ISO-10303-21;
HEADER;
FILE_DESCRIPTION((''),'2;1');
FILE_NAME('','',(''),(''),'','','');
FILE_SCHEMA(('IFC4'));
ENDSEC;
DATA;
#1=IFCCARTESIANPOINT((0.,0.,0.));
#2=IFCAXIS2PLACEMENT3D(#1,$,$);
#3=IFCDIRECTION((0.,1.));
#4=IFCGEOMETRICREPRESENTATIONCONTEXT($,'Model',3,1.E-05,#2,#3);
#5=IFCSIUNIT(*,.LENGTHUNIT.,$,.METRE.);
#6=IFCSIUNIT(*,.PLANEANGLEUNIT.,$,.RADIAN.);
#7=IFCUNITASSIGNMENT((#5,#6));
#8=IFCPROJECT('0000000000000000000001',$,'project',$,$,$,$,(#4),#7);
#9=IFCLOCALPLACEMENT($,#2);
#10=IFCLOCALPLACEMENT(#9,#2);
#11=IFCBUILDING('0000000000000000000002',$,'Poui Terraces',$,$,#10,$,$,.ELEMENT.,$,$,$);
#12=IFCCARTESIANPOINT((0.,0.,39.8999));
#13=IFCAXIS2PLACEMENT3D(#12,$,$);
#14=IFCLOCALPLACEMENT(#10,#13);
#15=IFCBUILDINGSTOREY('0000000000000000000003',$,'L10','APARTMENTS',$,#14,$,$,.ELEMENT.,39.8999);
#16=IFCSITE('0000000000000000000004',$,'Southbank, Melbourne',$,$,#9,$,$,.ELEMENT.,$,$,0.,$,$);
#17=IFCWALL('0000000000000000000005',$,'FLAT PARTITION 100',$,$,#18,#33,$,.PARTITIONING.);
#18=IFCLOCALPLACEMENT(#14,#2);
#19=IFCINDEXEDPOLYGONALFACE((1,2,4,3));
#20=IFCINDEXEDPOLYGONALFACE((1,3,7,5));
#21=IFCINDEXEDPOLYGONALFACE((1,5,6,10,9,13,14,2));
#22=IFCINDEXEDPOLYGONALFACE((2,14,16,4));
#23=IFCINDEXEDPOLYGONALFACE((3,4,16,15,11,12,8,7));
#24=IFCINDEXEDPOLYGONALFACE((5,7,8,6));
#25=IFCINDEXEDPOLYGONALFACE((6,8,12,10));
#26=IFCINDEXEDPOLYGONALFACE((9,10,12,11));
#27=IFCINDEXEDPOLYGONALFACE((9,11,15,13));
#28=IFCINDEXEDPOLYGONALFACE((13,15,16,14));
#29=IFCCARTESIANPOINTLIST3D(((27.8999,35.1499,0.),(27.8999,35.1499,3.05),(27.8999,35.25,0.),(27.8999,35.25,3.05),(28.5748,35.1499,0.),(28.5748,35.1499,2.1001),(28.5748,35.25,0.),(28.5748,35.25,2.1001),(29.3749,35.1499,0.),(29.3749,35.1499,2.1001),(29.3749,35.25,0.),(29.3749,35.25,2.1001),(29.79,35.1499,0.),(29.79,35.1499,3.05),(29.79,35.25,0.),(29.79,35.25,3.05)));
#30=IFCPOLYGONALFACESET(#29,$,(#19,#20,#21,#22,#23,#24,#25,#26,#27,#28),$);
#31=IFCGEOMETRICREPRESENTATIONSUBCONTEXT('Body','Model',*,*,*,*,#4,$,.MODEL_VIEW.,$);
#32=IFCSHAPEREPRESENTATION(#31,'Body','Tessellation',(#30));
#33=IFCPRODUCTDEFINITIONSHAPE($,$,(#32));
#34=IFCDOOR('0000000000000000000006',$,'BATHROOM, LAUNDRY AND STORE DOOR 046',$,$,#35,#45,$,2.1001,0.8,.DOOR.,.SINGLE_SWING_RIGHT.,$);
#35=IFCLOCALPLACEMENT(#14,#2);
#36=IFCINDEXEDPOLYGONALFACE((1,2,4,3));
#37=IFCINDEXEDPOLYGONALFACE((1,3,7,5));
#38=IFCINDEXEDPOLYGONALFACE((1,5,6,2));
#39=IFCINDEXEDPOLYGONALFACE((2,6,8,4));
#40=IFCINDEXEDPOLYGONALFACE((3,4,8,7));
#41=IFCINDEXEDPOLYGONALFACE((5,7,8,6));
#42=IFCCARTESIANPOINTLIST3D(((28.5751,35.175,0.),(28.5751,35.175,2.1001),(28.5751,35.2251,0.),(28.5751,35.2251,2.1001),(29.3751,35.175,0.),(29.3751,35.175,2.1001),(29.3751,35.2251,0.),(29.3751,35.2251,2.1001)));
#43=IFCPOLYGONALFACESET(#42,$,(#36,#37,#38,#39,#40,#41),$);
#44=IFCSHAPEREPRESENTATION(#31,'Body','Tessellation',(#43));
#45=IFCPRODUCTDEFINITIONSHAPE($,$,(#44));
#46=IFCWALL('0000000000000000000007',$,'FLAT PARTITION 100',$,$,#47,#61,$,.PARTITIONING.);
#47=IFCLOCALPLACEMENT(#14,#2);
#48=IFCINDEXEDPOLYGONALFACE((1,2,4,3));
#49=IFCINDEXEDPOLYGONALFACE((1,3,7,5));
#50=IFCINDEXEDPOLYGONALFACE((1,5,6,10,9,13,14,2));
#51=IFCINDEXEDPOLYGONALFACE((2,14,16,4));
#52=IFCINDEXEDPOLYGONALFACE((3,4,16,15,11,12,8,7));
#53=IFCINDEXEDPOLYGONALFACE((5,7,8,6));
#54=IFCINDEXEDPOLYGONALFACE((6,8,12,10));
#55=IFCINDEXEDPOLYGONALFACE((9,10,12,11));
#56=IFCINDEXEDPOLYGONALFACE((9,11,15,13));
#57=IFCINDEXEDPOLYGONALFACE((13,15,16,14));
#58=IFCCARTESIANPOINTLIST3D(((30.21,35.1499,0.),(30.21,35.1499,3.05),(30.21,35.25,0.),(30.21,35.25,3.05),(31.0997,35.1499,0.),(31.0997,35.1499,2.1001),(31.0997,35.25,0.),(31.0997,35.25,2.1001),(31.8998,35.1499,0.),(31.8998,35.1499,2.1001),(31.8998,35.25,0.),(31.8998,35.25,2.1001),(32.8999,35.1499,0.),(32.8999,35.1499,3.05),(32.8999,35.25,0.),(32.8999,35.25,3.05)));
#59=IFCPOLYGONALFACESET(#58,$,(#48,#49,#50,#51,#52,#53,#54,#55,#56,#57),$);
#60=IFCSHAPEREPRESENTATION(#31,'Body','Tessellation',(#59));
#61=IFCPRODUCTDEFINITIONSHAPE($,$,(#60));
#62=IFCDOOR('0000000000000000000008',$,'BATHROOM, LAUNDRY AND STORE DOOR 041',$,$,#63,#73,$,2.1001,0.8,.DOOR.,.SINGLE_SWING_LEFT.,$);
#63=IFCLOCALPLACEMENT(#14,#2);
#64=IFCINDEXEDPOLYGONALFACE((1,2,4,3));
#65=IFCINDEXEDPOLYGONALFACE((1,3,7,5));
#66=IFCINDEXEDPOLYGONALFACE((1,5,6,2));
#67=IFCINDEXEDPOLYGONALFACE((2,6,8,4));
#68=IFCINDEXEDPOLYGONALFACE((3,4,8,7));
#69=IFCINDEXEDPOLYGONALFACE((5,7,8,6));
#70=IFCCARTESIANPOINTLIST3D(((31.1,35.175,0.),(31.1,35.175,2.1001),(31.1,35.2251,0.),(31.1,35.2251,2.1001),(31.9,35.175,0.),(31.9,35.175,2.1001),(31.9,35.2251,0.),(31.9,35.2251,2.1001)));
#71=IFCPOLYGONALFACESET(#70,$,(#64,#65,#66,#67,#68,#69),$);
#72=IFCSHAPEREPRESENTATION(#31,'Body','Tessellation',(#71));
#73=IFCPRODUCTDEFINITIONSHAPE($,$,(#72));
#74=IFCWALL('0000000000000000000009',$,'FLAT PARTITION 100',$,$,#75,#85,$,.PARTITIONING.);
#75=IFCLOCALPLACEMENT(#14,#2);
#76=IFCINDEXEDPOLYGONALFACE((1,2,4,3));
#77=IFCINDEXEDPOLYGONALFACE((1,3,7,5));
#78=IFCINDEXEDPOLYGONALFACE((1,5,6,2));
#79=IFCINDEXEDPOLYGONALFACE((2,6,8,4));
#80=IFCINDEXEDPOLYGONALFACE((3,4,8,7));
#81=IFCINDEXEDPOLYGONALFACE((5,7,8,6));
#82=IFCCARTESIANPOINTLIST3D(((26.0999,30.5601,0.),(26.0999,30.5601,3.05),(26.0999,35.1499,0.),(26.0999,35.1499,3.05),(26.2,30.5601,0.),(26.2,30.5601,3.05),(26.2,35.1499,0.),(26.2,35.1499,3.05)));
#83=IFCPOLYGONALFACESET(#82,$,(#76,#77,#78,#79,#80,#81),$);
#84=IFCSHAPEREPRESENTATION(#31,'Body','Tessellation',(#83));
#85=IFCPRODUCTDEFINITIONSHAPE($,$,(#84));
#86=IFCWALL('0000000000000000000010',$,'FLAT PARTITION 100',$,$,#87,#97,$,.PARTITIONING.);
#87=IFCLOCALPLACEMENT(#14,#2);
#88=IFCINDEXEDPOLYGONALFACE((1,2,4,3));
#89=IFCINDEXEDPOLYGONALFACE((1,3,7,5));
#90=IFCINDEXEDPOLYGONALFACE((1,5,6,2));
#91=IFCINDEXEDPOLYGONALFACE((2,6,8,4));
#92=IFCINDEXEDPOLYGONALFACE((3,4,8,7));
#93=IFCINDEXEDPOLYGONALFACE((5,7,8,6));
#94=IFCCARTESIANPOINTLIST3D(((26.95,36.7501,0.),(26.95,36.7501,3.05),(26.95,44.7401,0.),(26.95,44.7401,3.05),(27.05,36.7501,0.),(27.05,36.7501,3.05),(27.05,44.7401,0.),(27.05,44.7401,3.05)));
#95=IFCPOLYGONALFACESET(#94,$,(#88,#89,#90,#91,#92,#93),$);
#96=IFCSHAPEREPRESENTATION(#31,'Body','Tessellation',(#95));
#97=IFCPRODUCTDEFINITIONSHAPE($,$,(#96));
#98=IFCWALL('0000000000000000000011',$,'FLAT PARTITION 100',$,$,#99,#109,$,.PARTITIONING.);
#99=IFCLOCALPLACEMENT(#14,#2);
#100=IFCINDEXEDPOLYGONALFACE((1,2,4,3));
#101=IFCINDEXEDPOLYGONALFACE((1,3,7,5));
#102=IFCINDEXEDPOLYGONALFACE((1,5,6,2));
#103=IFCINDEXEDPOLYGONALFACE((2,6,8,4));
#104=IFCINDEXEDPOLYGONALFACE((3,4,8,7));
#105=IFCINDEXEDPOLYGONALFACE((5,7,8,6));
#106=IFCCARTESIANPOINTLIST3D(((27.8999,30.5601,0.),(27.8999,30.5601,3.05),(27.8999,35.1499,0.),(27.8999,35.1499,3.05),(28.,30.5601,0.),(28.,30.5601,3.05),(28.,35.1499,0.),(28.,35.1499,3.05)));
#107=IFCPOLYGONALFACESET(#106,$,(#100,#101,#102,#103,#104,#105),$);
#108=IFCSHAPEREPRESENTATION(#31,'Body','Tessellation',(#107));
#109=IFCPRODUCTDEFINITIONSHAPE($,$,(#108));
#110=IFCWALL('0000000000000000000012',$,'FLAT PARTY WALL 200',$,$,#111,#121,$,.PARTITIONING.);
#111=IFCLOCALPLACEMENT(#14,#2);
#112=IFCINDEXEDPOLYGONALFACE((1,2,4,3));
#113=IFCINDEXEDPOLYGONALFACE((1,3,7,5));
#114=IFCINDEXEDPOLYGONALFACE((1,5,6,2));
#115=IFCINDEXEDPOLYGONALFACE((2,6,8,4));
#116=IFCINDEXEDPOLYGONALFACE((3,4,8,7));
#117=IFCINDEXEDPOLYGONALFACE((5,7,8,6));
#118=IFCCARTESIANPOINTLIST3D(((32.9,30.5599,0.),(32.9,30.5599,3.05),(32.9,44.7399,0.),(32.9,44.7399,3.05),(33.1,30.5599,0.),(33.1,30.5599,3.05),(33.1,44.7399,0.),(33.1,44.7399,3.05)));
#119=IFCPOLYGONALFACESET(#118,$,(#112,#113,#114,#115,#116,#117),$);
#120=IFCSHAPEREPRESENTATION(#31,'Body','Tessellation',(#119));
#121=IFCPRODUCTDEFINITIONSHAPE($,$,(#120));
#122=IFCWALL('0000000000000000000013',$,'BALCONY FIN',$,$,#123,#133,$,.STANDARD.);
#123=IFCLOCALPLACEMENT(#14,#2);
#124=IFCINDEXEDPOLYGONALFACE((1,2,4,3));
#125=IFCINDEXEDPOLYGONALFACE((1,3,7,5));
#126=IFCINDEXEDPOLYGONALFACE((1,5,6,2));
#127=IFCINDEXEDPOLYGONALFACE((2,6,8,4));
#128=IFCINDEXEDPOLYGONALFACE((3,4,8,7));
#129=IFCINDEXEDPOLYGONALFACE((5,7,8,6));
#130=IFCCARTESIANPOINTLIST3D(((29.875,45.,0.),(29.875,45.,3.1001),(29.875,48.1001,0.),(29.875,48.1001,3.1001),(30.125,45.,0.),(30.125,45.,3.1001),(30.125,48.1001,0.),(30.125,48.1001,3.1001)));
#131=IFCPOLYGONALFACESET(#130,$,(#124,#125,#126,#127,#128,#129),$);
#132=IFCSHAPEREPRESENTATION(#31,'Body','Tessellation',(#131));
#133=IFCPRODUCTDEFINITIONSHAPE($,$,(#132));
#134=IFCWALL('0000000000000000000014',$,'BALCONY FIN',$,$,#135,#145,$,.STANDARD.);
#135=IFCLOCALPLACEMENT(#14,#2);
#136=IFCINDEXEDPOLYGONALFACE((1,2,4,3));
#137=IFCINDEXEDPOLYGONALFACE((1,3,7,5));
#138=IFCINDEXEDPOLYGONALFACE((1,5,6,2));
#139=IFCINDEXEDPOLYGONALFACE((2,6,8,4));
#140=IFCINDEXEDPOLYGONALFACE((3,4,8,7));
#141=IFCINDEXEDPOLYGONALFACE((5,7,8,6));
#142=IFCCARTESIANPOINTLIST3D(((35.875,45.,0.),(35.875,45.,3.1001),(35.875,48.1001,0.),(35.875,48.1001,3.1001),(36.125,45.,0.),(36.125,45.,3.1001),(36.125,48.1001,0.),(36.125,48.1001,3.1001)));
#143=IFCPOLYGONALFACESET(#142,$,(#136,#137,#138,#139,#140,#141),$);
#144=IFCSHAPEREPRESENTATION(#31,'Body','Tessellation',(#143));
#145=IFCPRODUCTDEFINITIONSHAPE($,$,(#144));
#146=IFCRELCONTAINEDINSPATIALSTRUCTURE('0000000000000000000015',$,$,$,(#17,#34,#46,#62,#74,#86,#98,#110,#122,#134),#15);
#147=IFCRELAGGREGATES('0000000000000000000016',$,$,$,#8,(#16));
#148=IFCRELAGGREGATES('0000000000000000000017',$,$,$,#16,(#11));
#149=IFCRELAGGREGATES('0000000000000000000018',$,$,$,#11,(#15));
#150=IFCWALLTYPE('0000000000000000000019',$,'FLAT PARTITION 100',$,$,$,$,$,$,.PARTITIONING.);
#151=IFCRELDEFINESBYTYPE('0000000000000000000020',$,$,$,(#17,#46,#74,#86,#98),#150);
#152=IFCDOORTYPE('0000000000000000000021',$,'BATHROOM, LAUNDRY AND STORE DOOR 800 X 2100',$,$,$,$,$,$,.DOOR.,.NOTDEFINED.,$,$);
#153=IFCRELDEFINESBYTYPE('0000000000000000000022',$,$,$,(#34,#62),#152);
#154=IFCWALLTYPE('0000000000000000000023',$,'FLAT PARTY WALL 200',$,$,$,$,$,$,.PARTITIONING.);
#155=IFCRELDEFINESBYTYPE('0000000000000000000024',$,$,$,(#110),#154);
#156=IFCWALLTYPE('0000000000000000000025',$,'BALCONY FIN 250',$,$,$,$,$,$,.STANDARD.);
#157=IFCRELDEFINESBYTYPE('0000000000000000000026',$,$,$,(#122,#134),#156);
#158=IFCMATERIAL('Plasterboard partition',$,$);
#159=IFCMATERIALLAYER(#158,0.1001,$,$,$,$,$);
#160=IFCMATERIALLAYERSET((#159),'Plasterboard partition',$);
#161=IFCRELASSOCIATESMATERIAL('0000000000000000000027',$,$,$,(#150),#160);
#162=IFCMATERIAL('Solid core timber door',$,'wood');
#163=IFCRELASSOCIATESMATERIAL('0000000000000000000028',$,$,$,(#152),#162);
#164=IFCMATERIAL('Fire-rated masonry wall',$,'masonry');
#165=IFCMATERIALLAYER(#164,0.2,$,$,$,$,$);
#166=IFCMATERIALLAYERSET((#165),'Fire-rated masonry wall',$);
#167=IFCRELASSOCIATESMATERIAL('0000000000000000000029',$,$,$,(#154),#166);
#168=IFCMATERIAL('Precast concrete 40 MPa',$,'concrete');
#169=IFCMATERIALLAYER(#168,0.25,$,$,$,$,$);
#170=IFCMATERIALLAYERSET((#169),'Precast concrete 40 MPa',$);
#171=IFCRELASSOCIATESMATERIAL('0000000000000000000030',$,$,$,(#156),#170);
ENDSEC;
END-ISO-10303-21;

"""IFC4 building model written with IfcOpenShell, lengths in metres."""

from ifc_helpers import new_model, si_unit, direction, frame, frame_2d, origin, place, context, subcontext, project, spatial, polyline, rectangle, outline, extrude, source, transform, mapped, material, layer, layer_set, type_object, element, fill, save


model = new_model("IFC4")

# Units and contexts
model_context = context("Model", 3, precision=1e-05, world=origin(), true_north=direction((0.0, 1.0)))
body_context = subcontext(model_context, "Body", "Model", "MODEL_VIEW")
ifc_project = project(units=[si_unit("LENGTHUNIT", "METRE"), si_unit("PLANEANGLEUNIT", "RADIAN")], contexts=[model_context])

# Site, building, storey
site_placement = place(None, origin())
site = spatial("IfcSite", under=ifc_project, at=site_placement, Name="Southbank, Melbourne", CompositionType="ELEMENT", RefElevation=0.0)
building_placement = place(site_placement, origin())
building = spatial("IfcBuilding", under=site, at=building_placement, Name="Poui Terraces", CompositionType="ELEMENT")
storey_placement = place(building_placement, frame((0.0, 0.0, 39.8999)))
storey = spatial("IfcBuildingStorey", under=building, at=storey_placement, Name="L10", Description="APARTMENTS", CompositionType="ELEMENT", Elevation=39.8999)

# Walls, openings, doors
ifc_material_1 = material(Name="Solid core timber door", Category="wood")
ifc_material_2 = material(Name="Plasterboard partition")
ifc_layer_1 = layer(ifc_material_2, 0.1001)
ifc_layer_set_1 = layer_set([ifc_layer_1], Name="Plasterboard partition")
wall_type_1 = type_object("IfcWallType", Name="FLAT PARTITION 100", PredefinedType="PARTITIONING", material=ifc_layer_set_1)
door_type_1 = type_object("IfcDoorType", Name="BATHROOM, LAUNDRY AND STORE DOOR 800 X 2100", OperationType="NOTDEFINED", PredefinedType="DOOR", material=ifc_material_1)
wall_1_placement = place(storey_placement, frame((27.8999, 35.2, 0.0), z_axis=(0.0, 0.0, 1.0), x_axis=(1.0, 0.0, 0.0)))
wall_1 = element("IfcWall", 1, at=wall_1_placement, inside=storey, type_object=wall_type_1, Name="FLAT PARTITION 100", PredefinedType="PARTITIONING", context=body_context, shape_type="SweptSolid", body=[
    extrude(rectangle(XDim=1.8901, YDim=0.1001, at=frame_2d((0.9451, 0.0))), origin(), (0.0, 0.0, 1.0), 3.05),
])
opening_1_placement = place(wall_1_placement, frame((0.675, 0.0, 0.0)))
opening_1 = element("IfcOpeningElement", 2, at=opening_1_placement, cuts=wall_1, PredefinedType="OPENING", context=body_context, shape_type="SweptSolid", body=[
    extrude(rectangle(XDim=0.8, YDim=2.1001, at=frame_2d((0.3999, 1.05))), frame((0.0, 0.0601, 0.0), z_axis=(0.0, -1.0, 0.0), x_axis=(1.0, 0.0, 0.0)), (0.0, 0.0, 1.0), 0.1201),
])
door_1_placement = place(opening_1_placement, frame((0.8, 0.0, 0.0), z_axis=(0.0, 0.0, 1.0), x_axis=(-1.0, 0.0, 0.0)))
door_1 = element("IfcDoor", 3, at=door_1_placement, inside=storey, type_object=door_type_1, Name="BATHROOM, LAUNDRY AND STORE DOOR 046", OperationType="SINGLE_SWING_RIGHT", OverallHeight=2.1001, OverallWidth=0.8, PredefinedType="DOOR", context=body_context, shape_type="SweptSolid", body=[
    extrude(rectangle(XDim=0.8, YDim=2.1001, at=frame_2d((0.3999, 1.05))), frame((0.0, 0.0249, 0.0), z_axis=(0.0, -1.0, 0.0), x_axis=(1.0, 0.0, 0.0)), (0.0, 0.0, 1.0), 0.05),
])
fill(opening_1, door_1)
wall_2_placement = place(storey_placement, frame((30.21, 35.2, 0.0), z_axis=(0.0, 0.0, 1.0), x_axis=(1.0, 0.0, 0.0)))
wall_2 = element("IfcWall", 4, at=wall_2_placement, inside=storey, type_object=wall_type_1, Name="FLAT PARTITION 100", PredefinedType="PARTITIONING", context=body_context, shape_type="SweptSolid", body=[
    extrude(rectangle(XDim=2.6899, YDim=0.1001, at=frame_2d((1.345, 0.0))), origin(), (0.0, 0.0, 1.0), 3.05),
])
opening_2_placement = place(wall_2_placement, frame((0.8899, 0.0, 0.0)))
opening_2 = element("IfcOpeningElement", 5, at=opening_2_placement, cuts=wall_2, PredefinedType="OPENING", context=body_context, shape_type="SweptSolid", body=[
    extrude(rectangle(XDim=0.8, YDim=2.1001, at=frame_2d((0.3999, 1.05))), frame((0.0, 0.0601, 0.0), z_axis=(0.0, -1.0, 0.0), x_axis=(1.0, 0.0, 0.0)), (0.0, 0.0, 1.0), 0.1201),
])
door_2_placement = place(opening_2_placement, frame((0.8, 0.0, 0.0), z_axis=(0.0, 0.0, 1.0), x_axis=(-1.0, 0.0, 0.0)))
door_2 = element("IfcDoor", 6, at=door_2_placement, inside=storey, type_object=door_type_1, Name="BATHROOM, LAUNDRY AND STORE DOOR 041", OperationType="SINGLE_SWING_LEFT", OverallHeight=2.1001, OverallWidth=0.8, PredefinedType="DOOR", context=body_context, shape_type="SweptSolid", body=[
    extrude(rectangle(XDim=0.8, YDim=2.1001, at=frame_2d((0.3999, 1.05))), frame((0.0, 0.0249, 0.0), z_axis=(0.0, -1.0, 0.0), x_axis=(1.0, 0.0, 0.0)), (0.0, 0.0, 1.0), 0.05),
])
fill(opening_2, door_2)

# Walls
wall_3_placement = place(storey_placement, frame((26.1499, 30.5601, 0.0), z_axis=(0.0, 0.0, 1.0), x_axis=(0.0, 1.0, 0.0)))
element("IfcWall", 7, at=wall_3_placement, inside=storey, type_object=wall_type_1, Name="FLAT PARTITION 100", PredefinedType="PARTITIONING", context=body_context, shape_type="SweptSolid", body=[
    extrude(rectangle(XDim=4.5898, YDim=0.1001, at=frame_2d((2.2949, 0.0))), origin(), (0.0, 0.0, 1.0), 3.05),
])
wall_4_placement = place(storey_placement, frame((27.0, 36.75, 0.0), z_axis=(0.0, 0.0, 1.0), x_axis=(0.0, 1.0, 0.0)))
element("IfcWall", 8, at=wall_4_placement, inside=storey, type_object=wall_type_1, Name="FLAT PARTITION 100", PredefinedType="PARTITIONING", context=body_context, shape_type="SweptSolid", body=[
    extrude(rectangle(XDim=7.99, YDim=0.1001, at=frame_2d((3.9951, 0.0))), origin(), (0.0, 0.0, 1.0), 3.05),
])
wall_5_placement = place(storey_placement, frame((27.95, 30.5601, 0.0), z_axis=(0.0, 0.0, 1.0), x_axis=(0.0, 1.0, 0.0)))
element("IfcWall", 9, at=wall_5_placement, inside=storey, type_object=wall_type_1, Name="FLAT PARTITION 100", PredefinedType="PARTITIONING", context=body_context, shape_type="SweptSolid", body=[
    extrude(rectangle(XDim=4.5898, YDim=0.1001, at=frame_2d((2.2949, 0.0))), origin(), (0.0, 0.0, 1.0), 3.05),
])
ifc_material_3 = material(Name="Fire-rated masonry wall", Category="masonry")
ifc_layer_2 = layer(ifc_material_3, 0.2)
ifc_layer_set_2 = layer_set([ifc_layer_2], Name="Fire-rated masonry wall")
wall_type_2 = type_object("IfcWallType", Name="FLAT PARTY WALL 200", PredefinedType="PARTITIONING", material=ifc_layer_set_2)
wall_6_placement = place(storey_placement, frame((33.0, 30.5601, 0.0), z_axis=(0.0, 0.0, 1.0), x_axis=(0.0, 1.0, 0.0)))
element("IfcWall", 10, at=wall_6_placement, inside=storey, type_object=wall_type_2, Name="FLAT PARTY WALL 200", PredefinedType="PARTITIONING", context=body_context, shape_type="SweptSolid", body=[
    extrude(rectangle(XDim=14.1799, YDim=0.2, at=frame_2d((7.0898, 0.0))), origin(), (0.0, 0.0, 1.0), 3.05),
])
ifc_material_4 = material(Name="Precast concrete 40 MPa", Category="concrete")
ifc_layer_3 = layer(ifc_material_4, 0.25)
ifc_layer_set_3 = layer_set([ifc_layer_3], Name="Precast concrete 40 MPa")
wall_type_3 = type_object("IfcWallType", Name="BALCONY FIN 250", PredefinedType="STANDARD", material=ifc_layer_set_3)
shared_shape_1 = source(origin(), body_context, "Body", "SweptSolid", [
    extrude(outline(polyline([(0.0, 0.0), (0.25, 0.0), (0.25, 3.1001), (0.0, 3.1001), (0.0, 0.0)])), origin(), (0.0, 0.0, 1.0), 3.1001),
])
for number, where, name in (
    (11, (29.875, 45.0, 0.0), "BALCONY FIN"),
    (12, (35.875, 45.0, 0.0), "BALCONY FIN"),
):
    element("IfcWall", number, at=place(storey_placement, frame(where)), inside=storey, type_object=wall_type_3, Name=name, PredefinedType="STANDARD", context=body_context, shape_type="MappedRepresentation", body=[
        mapped(shared_shape_1, transform((0.0, 0.0, 0.0))),
    ])

save(model, "model.ifc")
